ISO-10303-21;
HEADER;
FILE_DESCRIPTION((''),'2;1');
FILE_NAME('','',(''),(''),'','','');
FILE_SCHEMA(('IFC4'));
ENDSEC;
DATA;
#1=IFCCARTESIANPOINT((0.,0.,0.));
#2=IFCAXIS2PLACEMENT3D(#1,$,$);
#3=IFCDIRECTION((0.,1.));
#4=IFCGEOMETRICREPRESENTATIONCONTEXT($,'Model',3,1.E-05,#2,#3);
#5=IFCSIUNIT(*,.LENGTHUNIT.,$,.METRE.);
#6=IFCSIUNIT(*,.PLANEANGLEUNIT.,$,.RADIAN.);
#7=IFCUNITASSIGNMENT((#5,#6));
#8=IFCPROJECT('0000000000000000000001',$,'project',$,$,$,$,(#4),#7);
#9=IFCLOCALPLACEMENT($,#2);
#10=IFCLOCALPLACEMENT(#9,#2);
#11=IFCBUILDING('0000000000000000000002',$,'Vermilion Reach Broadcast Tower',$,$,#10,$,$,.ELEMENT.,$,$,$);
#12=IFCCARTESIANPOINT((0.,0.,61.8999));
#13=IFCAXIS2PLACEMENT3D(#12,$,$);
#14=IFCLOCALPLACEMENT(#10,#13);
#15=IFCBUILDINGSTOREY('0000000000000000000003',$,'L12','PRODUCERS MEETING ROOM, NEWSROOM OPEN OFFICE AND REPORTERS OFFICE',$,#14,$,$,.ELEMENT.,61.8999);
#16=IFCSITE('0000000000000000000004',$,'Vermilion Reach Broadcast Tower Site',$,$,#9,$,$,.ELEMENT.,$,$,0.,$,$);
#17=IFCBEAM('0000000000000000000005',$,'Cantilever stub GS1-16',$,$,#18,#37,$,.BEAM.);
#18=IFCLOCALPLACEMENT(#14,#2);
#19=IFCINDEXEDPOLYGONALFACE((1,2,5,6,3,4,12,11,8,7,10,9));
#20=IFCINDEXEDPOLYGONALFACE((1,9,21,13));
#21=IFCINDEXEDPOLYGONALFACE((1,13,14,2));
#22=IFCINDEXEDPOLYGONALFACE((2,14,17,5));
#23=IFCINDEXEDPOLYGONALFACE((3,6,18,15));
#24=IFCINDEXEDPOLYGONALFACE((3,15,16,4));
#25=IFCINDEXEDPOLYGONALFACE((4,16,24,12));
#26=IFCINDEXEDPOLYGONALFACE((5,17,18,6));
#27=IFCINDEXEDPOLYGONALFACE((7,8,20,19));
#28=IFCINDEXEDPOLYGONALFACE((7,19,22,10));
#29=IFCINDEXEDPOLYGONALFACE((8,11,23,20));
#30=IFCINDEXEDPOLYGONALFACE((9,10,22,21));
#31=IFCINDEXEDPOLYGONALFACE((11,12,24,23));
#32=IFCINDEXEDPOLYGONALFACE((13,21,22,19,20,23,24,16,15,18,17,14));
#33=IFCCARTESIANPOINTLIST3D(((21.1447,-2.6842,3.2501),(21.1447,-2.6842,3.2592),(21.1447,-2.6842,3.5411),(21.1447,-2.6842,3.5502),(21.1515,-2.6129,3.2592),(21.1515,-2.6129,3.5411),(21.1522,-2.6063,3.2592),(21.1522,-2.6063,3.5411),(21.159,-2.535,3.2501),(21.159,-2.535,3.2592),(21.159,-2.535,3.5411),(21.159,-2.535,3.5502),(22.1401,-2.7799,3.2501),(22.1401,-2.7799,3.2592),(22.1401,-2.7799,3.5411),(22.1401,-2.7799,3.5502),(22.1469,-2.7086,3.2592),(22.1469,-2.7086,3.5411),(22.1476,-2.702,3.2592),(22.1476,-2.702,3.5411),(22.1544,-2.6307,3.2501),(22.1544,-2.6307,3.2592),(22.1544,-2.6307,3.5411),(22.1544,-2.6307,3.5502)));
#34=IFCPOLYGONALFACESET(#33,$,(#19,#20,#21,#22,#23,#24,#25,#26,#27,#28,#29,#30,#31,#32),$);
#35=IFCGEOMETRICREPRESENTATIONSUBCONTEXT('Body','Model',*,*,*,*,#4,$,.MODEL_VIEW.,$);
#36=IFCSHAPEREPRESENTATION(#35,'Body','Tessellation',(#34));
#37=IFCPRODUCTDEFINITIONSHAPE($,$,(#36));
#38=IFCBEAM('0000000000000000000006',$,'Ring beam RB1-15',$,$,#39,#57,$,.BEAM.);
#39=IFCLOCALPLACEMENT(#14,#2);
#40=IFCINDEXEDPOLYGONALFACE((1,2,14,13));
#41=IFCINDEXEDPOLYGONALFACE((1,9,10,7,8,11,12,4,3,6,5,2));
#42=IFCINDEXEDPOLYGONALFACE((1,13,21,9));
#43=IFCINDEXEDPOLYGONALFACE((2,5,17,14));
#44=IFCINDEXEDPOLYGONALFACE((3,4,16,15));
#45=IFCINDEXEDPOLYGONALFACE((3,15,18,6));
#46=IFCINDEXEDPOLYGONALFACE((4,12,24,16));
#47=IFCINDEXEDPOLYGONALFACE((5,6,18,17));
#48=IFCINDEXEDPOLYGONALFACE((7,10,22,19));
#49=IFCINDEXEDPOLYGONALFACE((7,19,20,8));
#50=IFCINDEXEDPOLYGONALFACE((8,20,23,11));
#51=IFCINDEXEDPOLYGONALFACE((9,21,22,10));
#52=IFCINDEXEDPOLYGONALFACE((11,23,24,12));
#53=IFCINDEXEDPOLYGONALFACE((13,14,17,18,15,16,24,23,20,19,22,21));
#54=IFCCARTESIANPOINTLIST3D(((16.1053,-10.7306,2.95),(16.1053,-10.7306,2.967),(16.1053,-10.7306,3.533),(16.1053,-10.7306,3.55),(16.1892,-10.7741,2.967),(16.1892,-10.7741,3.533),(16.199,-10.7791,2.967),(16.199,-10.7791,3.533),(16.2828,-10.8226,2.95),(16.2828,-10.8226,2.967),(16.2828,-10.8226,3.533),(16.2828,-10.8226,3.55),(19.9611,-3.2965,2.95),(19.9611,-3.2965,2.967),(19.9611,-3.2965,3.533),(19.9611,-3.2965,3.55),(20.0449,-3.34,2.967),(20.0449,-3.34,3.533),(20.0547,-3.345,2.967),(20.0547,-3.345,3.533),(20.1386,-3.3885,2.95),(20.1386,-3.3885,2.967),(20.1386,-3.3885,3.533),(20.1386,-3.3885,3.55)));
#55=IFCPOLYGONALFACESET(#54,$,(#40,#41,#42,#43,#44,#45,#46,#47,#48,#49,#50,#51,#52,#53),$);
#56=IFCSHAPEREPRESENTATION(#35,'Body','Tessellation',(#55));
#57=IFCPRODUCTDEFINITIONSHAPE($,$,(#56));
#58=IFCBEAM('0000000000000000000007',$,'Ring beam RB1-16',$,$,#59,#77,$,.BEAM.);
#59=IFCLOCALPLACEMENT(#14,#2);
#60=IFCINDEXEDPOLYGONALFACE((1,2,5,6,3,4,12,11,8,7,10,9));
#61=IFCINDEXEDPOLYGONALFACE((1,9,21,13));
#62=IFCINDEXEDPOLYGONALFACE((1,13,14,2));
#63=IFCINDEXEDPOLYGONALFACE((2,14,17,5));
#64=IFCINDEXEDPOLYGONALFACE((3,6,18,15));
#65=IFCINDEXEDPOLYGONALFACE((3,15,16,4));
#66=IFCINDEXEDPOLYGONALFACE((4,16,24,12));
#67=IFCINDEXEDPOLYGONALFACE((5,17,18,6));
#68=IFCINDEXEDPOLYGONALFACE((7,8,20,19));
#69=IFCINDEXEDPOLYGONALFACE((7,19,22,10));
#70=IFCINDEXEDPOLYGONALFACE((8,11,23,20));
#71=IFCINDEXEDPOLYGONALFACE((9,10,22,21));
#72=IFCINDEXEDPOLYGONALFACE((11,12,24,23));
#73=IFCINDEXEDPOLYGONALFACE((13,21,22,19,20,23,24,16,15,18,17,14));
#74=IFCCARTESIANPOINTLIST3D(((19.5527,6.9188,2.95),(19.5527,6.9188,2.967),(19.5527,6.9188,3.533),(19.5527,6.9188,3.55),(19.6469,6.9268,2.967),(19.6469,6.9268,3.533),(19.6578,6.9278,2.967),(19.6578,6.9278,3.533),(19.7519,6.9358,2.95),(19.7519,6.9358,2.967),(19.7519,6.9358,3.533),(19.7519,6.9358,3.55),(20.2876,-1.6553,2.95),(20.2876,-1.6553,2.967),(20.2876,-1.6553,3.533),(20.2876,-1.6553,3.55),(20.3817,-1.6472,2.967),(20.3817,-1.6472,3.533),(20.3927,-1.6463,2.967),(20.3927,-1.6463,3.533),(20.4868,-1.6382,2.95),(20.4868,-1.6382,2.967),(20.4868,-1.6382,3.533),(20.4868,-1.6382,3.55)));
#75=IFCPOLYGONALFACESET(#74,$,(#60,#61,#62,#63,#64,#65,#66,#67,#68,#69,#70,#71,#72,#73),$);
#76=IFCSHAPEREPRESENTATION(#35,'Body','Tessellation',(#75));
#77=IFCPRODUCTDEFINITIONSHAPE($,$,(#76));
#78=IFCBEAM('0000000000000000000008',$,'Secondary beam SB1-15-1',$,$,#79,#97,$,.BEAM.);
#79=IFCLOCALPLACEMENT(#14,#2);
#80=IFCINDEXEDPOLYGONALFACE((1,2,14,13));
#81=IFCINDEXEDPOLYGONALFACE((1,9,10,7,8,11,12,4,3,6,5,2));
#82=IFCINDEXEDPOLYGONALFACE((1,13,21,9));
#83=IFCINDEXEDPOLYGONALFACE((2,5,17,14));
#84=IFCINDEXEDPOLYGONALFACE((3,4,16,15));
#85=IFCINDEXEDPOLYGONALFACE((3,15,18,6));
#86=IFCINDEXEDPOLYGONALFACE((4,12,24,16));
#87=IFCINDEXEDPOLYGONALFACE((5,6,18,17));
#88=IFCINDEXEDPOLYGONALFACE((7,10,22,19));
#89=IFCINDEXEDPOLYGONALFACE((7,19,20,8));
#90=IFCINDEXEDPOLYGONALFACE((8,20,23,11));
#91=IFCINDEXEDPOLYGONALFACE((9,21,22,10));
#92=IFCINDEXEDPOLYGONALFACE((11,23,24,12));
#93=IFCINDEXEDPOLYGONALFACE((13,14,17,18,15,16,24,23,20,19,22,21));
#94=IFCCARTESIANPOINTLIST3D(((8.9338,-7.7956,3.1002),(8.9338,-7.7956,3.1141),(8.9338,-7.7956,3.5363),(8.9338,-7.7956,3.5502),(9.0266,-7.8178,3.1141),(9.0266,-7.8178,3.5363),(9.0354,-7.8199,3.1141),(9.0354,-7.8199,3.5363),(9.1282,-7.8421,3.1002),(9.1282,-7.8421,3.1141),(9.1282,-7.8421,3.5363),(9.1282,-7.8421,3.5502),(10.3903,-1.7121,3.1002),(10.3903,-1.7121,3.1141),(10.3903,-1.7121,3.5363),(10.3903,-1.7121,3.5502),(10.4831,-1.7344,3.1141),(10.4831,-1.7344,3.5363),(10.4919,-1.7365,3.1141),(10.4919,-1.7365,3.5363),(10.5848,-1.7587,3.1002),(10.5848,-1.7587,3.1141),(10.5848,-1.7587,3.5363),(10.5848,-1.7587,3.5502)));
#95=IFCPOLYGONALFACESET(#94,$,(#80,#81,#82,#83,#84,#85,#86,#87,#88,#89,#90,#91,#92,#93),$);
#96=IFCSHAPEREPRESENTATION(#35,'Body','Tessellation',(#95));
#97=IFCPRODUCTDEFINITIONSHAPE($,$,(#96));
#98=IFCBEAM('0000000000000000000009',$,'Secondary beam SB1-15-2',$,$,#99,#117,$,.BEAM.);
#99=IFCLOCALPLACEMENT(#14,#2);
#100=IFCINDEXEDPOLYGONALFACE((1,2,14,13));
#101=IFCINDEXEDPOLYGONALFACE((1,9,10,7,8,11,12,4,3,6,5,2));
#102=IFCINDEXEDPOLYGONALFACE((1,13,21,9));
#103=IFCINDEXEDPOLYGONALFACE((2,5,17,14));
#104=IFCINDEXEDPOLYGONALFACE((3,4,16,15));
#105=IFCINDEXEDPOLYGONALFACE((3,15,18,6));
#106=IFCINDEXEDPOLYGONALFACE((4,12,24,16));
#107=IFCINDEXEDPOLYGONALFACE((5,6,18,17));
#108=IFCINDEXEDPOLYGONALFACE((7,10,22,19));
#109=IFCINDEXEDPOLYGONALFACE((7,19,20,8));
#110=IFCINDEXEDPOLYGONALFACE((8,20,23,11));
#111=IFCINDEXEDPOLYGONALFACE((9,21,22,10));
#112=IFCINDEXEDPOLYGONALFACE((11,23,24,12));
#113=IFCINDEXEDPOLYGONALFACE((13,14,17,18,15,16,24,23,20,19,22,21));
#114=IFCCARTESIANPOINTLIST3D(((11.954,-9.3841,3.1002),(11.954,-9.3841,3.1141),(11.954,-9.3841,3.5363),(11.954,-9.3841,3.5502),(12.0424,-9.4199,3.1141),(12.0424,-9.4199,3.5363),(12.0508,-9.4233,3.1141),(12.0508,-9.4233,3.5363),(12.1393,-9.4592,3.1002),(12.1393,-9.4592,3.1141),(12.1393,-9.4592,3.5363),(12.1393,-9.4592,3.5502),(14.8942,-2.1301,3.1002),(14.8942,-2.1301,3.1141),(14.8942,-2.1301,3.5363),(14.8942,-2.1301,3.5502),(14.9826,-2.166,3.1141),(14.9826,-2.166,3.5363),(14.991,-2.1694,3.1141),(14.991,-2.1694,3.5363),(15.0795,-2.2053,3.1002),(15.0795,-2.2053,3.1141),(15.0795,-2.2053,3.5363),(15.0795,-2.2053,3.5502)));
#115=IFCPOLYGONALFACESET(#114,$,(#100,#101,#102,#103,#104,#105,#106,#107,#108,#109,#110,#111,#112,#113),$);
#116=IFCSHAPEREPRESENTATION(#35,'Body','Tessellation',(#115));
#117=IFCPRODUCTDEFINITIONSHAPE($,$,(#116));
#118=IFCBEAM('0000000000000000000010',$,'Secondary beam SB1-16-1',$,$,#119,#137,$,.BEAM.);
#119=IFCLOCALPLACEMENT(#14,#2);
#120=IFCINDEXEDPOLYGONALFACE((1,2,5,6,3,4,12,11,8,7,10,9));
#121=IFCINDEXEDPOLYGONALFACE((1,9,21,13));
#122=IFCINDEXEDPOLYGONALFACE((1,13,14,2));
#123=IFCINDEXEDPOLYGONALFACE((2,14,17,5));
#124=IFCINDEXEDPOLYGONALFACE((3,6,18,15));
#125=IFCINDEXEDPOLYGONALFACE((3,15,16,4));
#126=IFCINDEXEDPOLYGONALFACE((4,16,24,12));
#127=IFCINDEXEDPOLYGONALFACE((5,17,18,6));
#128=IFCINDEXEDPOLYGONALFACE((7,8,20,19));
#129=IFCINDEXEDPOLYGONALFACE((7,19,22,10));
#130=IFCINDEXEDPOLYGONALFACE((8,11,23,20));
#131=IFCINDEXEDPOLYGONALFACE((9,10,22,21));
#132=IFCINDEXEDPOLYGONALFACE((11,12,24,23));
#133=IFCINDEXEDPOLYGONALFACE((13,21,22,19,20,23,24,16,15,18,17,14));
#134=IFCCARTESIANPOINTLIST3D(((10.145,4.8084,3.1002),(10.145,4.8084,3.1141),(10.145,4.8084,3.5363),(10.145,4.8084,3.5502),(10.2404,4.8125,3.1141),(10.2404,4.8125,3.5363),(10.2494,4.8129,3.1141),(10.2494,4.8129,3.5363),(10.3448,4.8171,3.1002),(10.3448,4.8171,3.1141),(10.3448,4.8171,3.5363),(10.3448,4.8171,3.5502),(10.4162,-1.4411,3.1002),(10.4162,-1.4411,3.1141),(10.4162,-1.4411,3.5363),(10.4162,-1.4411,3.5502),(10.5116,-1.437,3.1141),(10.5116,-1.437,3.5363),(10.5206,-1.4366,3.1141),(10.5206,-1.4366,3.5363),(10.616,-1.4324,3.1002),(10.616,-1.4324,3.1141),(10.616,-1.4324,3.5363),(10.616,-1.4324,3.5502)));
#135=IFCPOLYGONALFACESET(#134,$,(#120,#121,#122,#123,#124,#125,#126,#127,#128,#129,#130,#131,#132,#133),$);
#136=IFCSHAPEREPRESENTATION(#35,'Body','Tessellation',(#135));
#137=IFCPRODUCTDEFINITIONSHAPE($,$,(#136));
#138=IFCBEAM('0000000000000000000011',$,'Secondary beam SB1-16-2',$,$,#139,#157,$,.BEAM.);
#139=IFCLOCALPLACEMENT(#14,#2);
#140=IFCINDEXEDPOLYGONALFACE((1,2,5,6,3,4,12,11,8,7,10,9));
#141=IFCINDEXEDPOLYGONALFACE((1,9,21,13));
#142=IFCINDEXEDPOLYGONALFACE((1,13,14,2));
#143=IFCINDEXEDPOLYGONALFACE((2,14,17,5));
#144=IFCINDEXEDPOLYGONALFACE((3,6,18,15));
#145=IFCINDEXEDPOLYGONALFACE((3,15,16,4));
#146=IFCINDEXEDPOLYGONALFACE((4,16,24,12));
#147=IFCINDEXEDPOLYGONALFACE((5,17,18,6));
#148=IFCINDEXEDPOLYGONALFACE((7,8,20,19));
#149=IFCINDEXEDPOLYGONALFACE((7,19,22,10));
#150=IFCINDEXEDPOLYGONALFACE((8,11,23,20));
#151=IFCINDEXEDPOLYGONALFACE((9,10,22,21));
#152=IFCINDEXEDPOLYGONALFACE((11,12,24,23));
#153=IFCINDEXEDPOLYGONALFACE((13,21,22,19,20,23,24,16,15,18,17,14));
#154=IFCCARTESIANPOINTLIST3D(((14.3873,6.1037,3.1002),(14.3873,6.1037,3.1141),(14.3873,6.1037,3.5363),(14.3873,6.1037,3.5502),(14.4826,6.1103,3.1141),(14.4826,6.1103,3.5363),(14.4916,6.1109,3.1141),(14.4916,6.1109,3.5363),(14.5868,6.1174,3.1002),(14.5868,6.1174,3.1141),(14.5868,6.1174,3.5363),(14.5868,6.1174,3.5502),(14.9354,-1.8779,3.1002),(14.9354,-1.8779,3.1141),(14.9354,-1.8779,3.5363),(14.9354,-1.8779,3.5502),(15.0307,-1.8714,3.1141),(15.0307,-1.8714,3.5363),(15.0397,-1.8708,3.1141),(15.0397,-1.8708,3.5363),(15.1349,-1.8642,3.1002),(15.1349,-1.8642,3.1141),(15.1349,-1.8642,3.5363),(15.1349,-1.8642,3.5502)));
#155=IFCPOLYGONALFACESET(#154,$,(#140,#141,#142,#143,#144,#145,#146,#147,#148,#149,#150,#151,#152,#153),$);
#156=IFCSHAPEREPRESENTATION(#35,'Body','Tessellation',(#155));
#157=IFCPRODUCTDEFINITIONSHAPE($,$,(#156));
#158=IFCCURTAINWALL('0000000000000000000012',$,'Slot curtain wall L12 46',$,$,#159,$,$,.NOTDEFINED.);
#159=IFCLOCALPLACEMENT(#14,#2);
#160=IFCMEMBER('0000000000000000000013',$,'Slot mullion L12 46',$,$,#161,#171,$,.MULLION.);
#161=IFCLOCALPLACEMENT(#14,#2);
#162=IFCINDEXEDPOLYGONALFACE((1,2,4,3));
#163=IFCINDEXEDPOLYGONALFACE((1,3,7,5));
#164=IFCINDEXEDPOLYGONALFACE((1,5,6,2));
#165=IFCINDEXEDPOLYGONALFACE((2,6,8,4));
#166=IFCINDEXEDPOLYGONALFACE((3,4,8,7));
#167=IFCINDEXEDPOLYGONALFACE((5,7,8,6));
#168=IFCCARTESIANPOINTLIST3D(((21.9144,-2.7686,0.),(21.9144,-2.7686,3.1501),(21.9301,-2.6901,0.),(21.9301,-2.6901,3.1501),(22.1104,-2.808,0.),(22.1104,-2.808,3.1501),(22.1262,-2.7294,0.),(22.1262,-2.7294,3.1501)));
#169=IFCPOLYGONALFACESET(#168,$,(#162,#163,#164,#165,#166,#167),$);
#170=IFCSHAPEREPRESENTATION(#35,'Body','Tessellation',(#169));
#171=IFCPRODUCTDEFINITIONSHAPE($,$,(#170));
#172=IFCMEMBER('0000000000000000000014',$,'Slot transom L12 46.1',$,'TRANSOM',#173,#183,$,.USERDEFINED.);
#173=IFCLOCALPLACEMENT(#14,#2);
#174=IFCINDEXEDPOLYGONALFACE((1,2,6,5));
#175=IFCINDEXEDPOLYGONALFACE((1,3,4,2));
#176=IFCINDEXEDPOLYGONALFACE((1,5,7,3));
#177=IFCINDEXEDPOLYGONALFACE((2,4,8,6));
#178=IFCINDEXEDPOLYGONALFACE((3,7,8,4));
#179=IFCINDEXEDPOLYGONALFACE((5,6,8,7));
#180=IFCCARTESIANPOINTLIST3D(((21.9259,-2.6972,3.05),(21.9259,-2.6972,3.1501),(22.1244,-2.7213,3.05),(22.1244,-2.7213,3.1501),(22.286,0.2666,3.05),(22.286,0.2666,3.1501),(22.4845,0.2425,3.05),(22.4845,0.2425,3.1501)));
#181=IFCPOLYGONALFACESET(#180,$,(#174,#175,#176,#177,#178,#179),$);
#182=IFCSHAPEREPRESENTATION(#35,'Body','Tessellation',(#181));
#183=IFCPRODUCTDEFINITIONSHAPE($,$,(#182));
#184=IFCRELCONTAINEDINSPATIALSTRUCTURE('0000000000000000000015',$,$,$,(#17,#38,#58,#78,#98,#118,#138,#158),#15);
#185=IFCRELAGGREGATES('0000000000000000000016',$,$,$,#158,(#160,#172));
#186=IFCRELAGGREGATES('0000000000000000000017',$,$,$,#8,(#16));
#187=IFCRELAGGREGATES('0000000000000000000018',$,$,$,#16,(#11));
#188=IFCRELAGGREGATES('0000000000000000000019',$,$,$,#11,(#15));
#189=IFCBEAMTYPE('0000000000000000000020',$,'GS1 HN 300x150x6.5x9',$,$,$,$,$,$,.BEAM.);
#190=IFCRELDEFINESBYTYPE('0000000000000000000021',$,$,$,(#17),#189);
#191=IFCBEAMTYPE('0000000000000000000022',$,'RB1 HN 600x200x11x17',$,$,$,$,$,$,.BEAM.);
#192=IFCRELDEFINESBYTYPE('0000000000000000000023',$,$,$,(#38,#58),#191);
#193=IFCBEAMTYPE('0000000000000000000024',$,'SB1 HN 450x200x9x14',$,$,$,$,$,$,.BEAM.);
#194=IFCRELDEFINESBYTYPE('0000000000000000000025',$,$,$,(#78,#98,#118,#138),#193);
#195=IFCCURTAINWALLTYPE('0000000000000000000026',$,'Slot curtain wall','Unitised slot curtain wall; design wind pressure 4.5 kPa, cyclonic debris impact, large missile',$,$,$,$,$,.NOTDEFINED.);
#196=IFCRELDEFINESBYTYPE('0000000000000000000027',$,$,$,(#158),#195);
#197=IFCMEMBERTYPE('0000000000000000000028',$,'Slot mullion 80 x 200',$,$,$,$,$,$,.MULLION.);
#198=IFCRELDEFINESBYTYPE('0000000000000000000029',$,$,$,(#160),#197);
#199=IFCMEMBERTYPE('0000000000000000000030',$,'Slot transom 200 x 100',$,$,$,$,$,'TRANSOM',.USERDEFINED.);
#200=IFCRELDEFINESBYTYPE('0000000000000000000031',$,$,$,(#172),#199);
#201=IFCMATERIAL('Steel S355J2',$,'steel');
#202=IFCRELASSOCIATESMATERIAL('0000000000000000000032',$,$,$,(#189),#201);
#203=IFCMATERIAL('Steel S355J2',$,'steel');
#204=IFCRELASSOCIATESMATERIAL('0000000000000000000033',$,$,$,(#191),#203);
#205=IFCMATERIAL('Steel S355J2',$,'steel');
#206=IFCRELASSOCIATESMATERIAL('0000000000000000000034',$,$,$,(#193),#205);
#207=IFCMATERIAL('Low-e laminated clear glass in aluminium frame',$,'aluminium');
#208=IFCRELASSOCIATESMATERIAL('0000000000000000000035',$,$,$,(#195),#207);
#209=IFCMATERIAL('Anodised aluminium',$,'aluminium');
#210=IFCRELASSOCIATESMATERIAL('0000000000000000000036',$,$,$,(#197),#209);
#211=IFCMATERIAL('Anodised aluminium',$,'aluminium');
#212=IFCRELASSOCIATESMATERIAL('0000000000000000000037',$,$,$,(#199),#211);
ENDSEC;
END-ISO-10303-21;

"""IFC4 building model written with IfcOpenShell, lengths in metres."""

from ifc_helpers import new_model, si_unit, direction, frame, origin, origin_2d, place, context, subcontext, project, spatial, rectangle, i_section, extrude, material, material_profile, profile_set, type_object, element, aggregate, save


model = new_model("IFC4")

# Units and contexts
model_context = context("Model", 3, precision=1e-05, world=origin(), true_north=direction((0.0, 1.0)))
body_context = subcontext(model_context, "Body", "Model", "MODEL_VIEW")
ifc_project = project(units=[si_unit("LENGTHUNIT", "METRE"), si_unit("PLANEANGLEUNIT", "RADIAN")], contexts=[model_context])

# Site, building, storey
site_placement = place(None, origin())
site = spatial("IfcSite", under=ifc_project, at=site_placement, Name="Vermilion Reach Broadcast Tower Site", CompositionType="ELEMENT", RefElevation=0.0)
building_placement = place(site_placement, origin())
building = spatial("IfcBuilding", under=site, at=building_placement, Name="Vermilion Reach Broadcast Tower", CompositionType="ELEMENT")
storey_placement = place(building_placement, frame((0.0, 0.0, 61.8999)))
storey = spatial("IfcBuildingStorey", under=building, at=storey_placement, Name="L12", Description="PRODUCERS MEETING ROOM, NEWSROOM OPEN OFFICE AND REPORTERS OFFICE", CompositionType="ELEMENT", Elevation=61.8999)

# Beams
ifc_material_1 = material(Name="Steel S355J2", Category="steel")
ifc_material_profile_1 = material_profile(ifc_material_1, i_section(OverallWidth=0.1499, OverallDepth=0.3, WebThickness=0.0066, FlangeThickness=0.009, at=origin_2d()), Name="S355J2 HN 300x150x6.5x9")
ifc_profile_set_1 = profile_set([ifc_material_profile_1], Name="Steel S355J2")
beam_type_1 = type_object("IfcBeamType", Name="GS1 HN 300x150x6.5x9", PredefinedType="BEAM", material=ifc_profile_set_1)
beam_1_placement = place(storey_placement, frame((21.1519, -2.6096, 3.4001), z_axis=(0.995409, -0.095708, 0.0), x_axis=(0.095708, 0.995409, 0.0)))
element("IfcBeam", 1, at=beam_1_placement, inside=storey, type_object=beam_type_1, Name="Cantilever stub GS1-16", PredefinedType="BEAM", context=body_context, shape_type="SweptSolid", body=[
    extrude(i_section(OverallWidth=0.1499, OverallDepth=0.3, WebThickness=0.0066, FlangeThickness=0.009, at=origin_2d()), origin(), (0.0, 0.0, 1.0), 1.0),
])
ifc_material_2 = material(Name="Steel S355J2", Category="steel")
ifc_material_profile_2 = material_profile(ifc_material_2, i_section(OverallWidth=0.2, OverallDepth=0.6001, WebThickness=0.011, FlangeThickness=0.0171, at=origin_2d()), Name="S355J2 HN 600x200x11x17")
ifc_profile_set_2 = profile_set([ifc_material_profile_2], Name="Steel S355J2")
beam_type_2 = type_object("IfcBeamType", Name="RB1 HN 600x200x11x17", PredefinedType="BEAM", material=ifc_profile_set_2)
beam_2_placement = place(storey_placement, frame((16.1941, -10.7766, 3.25), z_axis=(0.460412, 0.887706, 0.0), x_axis=(-0.887706, 0.460412, 0.0)))
element("IfcBeam", 2, at=beam_2_placement, inside=storey, type_object=beam_type_2, Name="Ring beam RB1-15", PredefinedType="BEAM", context=body_context, shape_type="SweptSolid", body=[
    extrude(i_section(OverallWidth=0.2, OverallDepth=0.6001, WebThickness=0.011, FlangeThickness=0.0171, at=origin_2d()), origin(), (0.0, 0.0, 1.0), 8.3745),
])
beam_3_placement = place(storey_placement, frame((20.3872, -1.6467, 3.25), z_axis=(-0.085396, 0.996347, 0.0), x_axis=(-0.996347, -0.085396, 0.0)))
element("IfcBeam", 3, at=beam_3_placement, inside=storey, type_object=beam_type_2, Name="Ring beam RB1-16", PredefinedType="BEAM", context=body_context, shape_type="SweptSolid", body=[
    extrude(i_section(OverallWidth=0.2, OverallDepth=0.6001, WebThickness=0.011, FlangeThickness=0.0171, at=origin_2d()), origin(), (0.0, 0.0, 1.0), 8.6055),
])
ifc_material_3 = material(Name="Steel S355J2", Category="steel")
ifc_material_profile_3 = material_profile(ifc_material_3, i_section(OverallWidth=0.2, OverallDepth=0.45, WebThickness=0.009, FlangeThickness=0.0139, at=origin_2d()), Name="S355J2 HN 450x200x9x14")
ifc_profile_set_3 = profile_set([ifc_material_profile_3], Name="Steel S355J2")
beam_type_3 = type_object("IfcBeamType", Name="SB1 HN 450x200x9x14", PredefinedType="BEAM", material=ifc_profile_set_3)
beam_4_placement = place(storey_placement, frame((9.031, -7.8188, 3.3252), z_axis=(0.232844, 0.972514, 0.0), x_axis=(-0.972514, 0.232844, 0.0)))
element("IfcBeam", 4, at=beam_4_placement, inside=storey, type_object=beam_type_3, Name="Secondary beam SB1-15-1", PredefinedType="BEAM", context=body_context, shape_type="SweptSolid", body=[
    extrude(i_section(OverallWidth=0.2, OverallDepth=0.45, WebThickness=0.009, FlangeThickness=0.0139, at=origin_2d()), origin(), (0.0, 0.0, 1.0), 6.2554),
])
beam_5_placement = place(storey_placement, frame((12.0466, -9.4216, 3.3252), z_axis=(0.375641, 0.926765, 0.0), x_axis=(-0.926765, 0.375641, 0.0)))
element("IfcBeam", 5, at=beam_5_placement, inside=storey, type_object=beam_type_3, Name="Secondary beam SB1-15-2", PredefinedType="BEAM", context=body_context, shape_type="SweptSolid", body=[
    extrude(i_section(OverallWidth=0.2, OverallDepth=0.45, WebThickness=0.009, FlangeThickness=0.0139, at=origin_2d()), origin(), (0.0, 0.0, 1.0), 7.8271),
])
beam_6_placement = place(storey_placement, frame((10.5161, -1.4368, 3.3252), z_axis=(-0.043361, 0.999059, 0.0), x_axis=(-0.999059, -0.043361, 0.0)))
element("IfcBeam", 6, at=beam_6_placement, inside=storey, type_object=beam_type_3, Name="Secondary beam SB1-16-1", PredefinedType="BEAM", context=body_context, shape_type="SweptSolid", body=[
    extrude(i_section(OverallWidth=0.2, OverallDepth=0.45, WebThickness=0.009, FlangeThickness=0.0139, at=origin_2d()), origin(), (0.0, 0.0, 1.0), 6.2554),
])
beam_7_placement = place(storey_placement, frame((15.0352, -1.8711, 3.3252), z_axis=(-0.068508, 0.997651, 0.0), x_axis=(-0.997651, -0.068508, 0.0)))
element("IfcBeam", 7, at=beam_7_placement, inside=storey, type_object=beam_type_3, Name="Secondary beam SB1-16-2", PredefinedType="BEAM", context=body_context, shape_type="SweptSolid", body=[
    extrude(i_section(OverallWidth=0.2, OverallDepth=0.45, WebThickness=0.009, FlangeThickness=0.0139, at=origin_2d()), origin(), (0.0, 0.0, 1.0), 8.0005),
])

# Curtain wall, members
ifc_material_4 = material(Name="Low-e laminated clear glass in aluminium frame", Category="aluminium")
curtain_wall_type = type_object("IfcCurtainWallType", Name="Slot curtain wall", Description="Unitised slot curtain wall; design wind pressure 4.5 kPa, cyclonic debris impact, large missile", PredefinedType="NOTDEFINED", material=ifc_material_4)
curtain_wall_placement = place(storey_placement, origin())
curtain_wall = element("IfcCurtainWall", 8, at=curtain_wall_placement, inside=storey, type_object=curtain_wall_type, Name="Slot curtain wall L12 46", PredefinedType="NOTDEFINED")
ifc_material_5 = material(Name="Anodised aluminium", Category="aluminium")
ifc_material_profile_4 = material_profile(ifc_material_5, rectangle(XDim=0.2, YDim=0.0801, at=origin_2d()), Name="Slot mullion 80 x 200")
ifc_profile_set_4 = profile_set([ifc_material_profile_4], Name="Anodised aluminium")
member_type_1 = type_object("IfcMemberType", Name="Slot mullion 80 x 200", PredefinedType="MULLION", material=ifc_profile_set_4)
member_1_placement = place(storey_placement, frame((22.0203, -2.749, 0.0), z_axis=(0.0, 0.0, 1.0), x_axis=(-0.980432, 0.196861, 0.0)))
member_1 = element("IfcMember", 9, at=member_1_placement, type_object=member_type_1, Name="Slot mullion L12 46", PredefinedType="MULLION", context=body_context, shape_type="SweptSolid", body=[
    extrude(rectangle(XDim=0.2, YDim=0.0801, at=origin_2d()), origin(), (0.0, 0.0, 1.0), 3.1501),
])
ifc_material_6 = material(Name="Anodised aluminium", Category="aluminium")
ifc_material_profile_5 = material_profile(ifc_material_6, rectangle(XDim=0.2, YDim=0.1001, at=origin_2d()), Name="Slot transom 200 x 100")
ifc_profile_set_5 = profile_set([ifc_material_profile_5], Name="Anodised aluminium")
member_type_2 = type_object("IfcMemberType", Name="Slot transom 200 x 100", ElementType="TRANSOM", PredefinedType="USERDEFINED", material=ifc_profile_set_5)
member_2_placement = place(storey_placement, frame((22.0251, -2.7092, 3.1001), z_axis=(0.120612, 0.9927, 0.0), x_axis=(-0.9927, 0.120612, 0.0)))
member_2 = element("IfcMember", 10, at=member_2_placement, type_object=member_type_2, Name="Slot transom L12 46.1", ObjectType="TRANSOM", PredefinedType="USERDEFINED", context=body_context, shape_type="SweptSolid", body=[
    extrude(rectangle(XDim=0.2, YDim=0.1001, at=origin_2d()), origin(), (0.0, 0.0, 1.0), 2.9856),
])
aggregate(curtain_wall, [member_1, member_2])

save(model, "model.ifc")
